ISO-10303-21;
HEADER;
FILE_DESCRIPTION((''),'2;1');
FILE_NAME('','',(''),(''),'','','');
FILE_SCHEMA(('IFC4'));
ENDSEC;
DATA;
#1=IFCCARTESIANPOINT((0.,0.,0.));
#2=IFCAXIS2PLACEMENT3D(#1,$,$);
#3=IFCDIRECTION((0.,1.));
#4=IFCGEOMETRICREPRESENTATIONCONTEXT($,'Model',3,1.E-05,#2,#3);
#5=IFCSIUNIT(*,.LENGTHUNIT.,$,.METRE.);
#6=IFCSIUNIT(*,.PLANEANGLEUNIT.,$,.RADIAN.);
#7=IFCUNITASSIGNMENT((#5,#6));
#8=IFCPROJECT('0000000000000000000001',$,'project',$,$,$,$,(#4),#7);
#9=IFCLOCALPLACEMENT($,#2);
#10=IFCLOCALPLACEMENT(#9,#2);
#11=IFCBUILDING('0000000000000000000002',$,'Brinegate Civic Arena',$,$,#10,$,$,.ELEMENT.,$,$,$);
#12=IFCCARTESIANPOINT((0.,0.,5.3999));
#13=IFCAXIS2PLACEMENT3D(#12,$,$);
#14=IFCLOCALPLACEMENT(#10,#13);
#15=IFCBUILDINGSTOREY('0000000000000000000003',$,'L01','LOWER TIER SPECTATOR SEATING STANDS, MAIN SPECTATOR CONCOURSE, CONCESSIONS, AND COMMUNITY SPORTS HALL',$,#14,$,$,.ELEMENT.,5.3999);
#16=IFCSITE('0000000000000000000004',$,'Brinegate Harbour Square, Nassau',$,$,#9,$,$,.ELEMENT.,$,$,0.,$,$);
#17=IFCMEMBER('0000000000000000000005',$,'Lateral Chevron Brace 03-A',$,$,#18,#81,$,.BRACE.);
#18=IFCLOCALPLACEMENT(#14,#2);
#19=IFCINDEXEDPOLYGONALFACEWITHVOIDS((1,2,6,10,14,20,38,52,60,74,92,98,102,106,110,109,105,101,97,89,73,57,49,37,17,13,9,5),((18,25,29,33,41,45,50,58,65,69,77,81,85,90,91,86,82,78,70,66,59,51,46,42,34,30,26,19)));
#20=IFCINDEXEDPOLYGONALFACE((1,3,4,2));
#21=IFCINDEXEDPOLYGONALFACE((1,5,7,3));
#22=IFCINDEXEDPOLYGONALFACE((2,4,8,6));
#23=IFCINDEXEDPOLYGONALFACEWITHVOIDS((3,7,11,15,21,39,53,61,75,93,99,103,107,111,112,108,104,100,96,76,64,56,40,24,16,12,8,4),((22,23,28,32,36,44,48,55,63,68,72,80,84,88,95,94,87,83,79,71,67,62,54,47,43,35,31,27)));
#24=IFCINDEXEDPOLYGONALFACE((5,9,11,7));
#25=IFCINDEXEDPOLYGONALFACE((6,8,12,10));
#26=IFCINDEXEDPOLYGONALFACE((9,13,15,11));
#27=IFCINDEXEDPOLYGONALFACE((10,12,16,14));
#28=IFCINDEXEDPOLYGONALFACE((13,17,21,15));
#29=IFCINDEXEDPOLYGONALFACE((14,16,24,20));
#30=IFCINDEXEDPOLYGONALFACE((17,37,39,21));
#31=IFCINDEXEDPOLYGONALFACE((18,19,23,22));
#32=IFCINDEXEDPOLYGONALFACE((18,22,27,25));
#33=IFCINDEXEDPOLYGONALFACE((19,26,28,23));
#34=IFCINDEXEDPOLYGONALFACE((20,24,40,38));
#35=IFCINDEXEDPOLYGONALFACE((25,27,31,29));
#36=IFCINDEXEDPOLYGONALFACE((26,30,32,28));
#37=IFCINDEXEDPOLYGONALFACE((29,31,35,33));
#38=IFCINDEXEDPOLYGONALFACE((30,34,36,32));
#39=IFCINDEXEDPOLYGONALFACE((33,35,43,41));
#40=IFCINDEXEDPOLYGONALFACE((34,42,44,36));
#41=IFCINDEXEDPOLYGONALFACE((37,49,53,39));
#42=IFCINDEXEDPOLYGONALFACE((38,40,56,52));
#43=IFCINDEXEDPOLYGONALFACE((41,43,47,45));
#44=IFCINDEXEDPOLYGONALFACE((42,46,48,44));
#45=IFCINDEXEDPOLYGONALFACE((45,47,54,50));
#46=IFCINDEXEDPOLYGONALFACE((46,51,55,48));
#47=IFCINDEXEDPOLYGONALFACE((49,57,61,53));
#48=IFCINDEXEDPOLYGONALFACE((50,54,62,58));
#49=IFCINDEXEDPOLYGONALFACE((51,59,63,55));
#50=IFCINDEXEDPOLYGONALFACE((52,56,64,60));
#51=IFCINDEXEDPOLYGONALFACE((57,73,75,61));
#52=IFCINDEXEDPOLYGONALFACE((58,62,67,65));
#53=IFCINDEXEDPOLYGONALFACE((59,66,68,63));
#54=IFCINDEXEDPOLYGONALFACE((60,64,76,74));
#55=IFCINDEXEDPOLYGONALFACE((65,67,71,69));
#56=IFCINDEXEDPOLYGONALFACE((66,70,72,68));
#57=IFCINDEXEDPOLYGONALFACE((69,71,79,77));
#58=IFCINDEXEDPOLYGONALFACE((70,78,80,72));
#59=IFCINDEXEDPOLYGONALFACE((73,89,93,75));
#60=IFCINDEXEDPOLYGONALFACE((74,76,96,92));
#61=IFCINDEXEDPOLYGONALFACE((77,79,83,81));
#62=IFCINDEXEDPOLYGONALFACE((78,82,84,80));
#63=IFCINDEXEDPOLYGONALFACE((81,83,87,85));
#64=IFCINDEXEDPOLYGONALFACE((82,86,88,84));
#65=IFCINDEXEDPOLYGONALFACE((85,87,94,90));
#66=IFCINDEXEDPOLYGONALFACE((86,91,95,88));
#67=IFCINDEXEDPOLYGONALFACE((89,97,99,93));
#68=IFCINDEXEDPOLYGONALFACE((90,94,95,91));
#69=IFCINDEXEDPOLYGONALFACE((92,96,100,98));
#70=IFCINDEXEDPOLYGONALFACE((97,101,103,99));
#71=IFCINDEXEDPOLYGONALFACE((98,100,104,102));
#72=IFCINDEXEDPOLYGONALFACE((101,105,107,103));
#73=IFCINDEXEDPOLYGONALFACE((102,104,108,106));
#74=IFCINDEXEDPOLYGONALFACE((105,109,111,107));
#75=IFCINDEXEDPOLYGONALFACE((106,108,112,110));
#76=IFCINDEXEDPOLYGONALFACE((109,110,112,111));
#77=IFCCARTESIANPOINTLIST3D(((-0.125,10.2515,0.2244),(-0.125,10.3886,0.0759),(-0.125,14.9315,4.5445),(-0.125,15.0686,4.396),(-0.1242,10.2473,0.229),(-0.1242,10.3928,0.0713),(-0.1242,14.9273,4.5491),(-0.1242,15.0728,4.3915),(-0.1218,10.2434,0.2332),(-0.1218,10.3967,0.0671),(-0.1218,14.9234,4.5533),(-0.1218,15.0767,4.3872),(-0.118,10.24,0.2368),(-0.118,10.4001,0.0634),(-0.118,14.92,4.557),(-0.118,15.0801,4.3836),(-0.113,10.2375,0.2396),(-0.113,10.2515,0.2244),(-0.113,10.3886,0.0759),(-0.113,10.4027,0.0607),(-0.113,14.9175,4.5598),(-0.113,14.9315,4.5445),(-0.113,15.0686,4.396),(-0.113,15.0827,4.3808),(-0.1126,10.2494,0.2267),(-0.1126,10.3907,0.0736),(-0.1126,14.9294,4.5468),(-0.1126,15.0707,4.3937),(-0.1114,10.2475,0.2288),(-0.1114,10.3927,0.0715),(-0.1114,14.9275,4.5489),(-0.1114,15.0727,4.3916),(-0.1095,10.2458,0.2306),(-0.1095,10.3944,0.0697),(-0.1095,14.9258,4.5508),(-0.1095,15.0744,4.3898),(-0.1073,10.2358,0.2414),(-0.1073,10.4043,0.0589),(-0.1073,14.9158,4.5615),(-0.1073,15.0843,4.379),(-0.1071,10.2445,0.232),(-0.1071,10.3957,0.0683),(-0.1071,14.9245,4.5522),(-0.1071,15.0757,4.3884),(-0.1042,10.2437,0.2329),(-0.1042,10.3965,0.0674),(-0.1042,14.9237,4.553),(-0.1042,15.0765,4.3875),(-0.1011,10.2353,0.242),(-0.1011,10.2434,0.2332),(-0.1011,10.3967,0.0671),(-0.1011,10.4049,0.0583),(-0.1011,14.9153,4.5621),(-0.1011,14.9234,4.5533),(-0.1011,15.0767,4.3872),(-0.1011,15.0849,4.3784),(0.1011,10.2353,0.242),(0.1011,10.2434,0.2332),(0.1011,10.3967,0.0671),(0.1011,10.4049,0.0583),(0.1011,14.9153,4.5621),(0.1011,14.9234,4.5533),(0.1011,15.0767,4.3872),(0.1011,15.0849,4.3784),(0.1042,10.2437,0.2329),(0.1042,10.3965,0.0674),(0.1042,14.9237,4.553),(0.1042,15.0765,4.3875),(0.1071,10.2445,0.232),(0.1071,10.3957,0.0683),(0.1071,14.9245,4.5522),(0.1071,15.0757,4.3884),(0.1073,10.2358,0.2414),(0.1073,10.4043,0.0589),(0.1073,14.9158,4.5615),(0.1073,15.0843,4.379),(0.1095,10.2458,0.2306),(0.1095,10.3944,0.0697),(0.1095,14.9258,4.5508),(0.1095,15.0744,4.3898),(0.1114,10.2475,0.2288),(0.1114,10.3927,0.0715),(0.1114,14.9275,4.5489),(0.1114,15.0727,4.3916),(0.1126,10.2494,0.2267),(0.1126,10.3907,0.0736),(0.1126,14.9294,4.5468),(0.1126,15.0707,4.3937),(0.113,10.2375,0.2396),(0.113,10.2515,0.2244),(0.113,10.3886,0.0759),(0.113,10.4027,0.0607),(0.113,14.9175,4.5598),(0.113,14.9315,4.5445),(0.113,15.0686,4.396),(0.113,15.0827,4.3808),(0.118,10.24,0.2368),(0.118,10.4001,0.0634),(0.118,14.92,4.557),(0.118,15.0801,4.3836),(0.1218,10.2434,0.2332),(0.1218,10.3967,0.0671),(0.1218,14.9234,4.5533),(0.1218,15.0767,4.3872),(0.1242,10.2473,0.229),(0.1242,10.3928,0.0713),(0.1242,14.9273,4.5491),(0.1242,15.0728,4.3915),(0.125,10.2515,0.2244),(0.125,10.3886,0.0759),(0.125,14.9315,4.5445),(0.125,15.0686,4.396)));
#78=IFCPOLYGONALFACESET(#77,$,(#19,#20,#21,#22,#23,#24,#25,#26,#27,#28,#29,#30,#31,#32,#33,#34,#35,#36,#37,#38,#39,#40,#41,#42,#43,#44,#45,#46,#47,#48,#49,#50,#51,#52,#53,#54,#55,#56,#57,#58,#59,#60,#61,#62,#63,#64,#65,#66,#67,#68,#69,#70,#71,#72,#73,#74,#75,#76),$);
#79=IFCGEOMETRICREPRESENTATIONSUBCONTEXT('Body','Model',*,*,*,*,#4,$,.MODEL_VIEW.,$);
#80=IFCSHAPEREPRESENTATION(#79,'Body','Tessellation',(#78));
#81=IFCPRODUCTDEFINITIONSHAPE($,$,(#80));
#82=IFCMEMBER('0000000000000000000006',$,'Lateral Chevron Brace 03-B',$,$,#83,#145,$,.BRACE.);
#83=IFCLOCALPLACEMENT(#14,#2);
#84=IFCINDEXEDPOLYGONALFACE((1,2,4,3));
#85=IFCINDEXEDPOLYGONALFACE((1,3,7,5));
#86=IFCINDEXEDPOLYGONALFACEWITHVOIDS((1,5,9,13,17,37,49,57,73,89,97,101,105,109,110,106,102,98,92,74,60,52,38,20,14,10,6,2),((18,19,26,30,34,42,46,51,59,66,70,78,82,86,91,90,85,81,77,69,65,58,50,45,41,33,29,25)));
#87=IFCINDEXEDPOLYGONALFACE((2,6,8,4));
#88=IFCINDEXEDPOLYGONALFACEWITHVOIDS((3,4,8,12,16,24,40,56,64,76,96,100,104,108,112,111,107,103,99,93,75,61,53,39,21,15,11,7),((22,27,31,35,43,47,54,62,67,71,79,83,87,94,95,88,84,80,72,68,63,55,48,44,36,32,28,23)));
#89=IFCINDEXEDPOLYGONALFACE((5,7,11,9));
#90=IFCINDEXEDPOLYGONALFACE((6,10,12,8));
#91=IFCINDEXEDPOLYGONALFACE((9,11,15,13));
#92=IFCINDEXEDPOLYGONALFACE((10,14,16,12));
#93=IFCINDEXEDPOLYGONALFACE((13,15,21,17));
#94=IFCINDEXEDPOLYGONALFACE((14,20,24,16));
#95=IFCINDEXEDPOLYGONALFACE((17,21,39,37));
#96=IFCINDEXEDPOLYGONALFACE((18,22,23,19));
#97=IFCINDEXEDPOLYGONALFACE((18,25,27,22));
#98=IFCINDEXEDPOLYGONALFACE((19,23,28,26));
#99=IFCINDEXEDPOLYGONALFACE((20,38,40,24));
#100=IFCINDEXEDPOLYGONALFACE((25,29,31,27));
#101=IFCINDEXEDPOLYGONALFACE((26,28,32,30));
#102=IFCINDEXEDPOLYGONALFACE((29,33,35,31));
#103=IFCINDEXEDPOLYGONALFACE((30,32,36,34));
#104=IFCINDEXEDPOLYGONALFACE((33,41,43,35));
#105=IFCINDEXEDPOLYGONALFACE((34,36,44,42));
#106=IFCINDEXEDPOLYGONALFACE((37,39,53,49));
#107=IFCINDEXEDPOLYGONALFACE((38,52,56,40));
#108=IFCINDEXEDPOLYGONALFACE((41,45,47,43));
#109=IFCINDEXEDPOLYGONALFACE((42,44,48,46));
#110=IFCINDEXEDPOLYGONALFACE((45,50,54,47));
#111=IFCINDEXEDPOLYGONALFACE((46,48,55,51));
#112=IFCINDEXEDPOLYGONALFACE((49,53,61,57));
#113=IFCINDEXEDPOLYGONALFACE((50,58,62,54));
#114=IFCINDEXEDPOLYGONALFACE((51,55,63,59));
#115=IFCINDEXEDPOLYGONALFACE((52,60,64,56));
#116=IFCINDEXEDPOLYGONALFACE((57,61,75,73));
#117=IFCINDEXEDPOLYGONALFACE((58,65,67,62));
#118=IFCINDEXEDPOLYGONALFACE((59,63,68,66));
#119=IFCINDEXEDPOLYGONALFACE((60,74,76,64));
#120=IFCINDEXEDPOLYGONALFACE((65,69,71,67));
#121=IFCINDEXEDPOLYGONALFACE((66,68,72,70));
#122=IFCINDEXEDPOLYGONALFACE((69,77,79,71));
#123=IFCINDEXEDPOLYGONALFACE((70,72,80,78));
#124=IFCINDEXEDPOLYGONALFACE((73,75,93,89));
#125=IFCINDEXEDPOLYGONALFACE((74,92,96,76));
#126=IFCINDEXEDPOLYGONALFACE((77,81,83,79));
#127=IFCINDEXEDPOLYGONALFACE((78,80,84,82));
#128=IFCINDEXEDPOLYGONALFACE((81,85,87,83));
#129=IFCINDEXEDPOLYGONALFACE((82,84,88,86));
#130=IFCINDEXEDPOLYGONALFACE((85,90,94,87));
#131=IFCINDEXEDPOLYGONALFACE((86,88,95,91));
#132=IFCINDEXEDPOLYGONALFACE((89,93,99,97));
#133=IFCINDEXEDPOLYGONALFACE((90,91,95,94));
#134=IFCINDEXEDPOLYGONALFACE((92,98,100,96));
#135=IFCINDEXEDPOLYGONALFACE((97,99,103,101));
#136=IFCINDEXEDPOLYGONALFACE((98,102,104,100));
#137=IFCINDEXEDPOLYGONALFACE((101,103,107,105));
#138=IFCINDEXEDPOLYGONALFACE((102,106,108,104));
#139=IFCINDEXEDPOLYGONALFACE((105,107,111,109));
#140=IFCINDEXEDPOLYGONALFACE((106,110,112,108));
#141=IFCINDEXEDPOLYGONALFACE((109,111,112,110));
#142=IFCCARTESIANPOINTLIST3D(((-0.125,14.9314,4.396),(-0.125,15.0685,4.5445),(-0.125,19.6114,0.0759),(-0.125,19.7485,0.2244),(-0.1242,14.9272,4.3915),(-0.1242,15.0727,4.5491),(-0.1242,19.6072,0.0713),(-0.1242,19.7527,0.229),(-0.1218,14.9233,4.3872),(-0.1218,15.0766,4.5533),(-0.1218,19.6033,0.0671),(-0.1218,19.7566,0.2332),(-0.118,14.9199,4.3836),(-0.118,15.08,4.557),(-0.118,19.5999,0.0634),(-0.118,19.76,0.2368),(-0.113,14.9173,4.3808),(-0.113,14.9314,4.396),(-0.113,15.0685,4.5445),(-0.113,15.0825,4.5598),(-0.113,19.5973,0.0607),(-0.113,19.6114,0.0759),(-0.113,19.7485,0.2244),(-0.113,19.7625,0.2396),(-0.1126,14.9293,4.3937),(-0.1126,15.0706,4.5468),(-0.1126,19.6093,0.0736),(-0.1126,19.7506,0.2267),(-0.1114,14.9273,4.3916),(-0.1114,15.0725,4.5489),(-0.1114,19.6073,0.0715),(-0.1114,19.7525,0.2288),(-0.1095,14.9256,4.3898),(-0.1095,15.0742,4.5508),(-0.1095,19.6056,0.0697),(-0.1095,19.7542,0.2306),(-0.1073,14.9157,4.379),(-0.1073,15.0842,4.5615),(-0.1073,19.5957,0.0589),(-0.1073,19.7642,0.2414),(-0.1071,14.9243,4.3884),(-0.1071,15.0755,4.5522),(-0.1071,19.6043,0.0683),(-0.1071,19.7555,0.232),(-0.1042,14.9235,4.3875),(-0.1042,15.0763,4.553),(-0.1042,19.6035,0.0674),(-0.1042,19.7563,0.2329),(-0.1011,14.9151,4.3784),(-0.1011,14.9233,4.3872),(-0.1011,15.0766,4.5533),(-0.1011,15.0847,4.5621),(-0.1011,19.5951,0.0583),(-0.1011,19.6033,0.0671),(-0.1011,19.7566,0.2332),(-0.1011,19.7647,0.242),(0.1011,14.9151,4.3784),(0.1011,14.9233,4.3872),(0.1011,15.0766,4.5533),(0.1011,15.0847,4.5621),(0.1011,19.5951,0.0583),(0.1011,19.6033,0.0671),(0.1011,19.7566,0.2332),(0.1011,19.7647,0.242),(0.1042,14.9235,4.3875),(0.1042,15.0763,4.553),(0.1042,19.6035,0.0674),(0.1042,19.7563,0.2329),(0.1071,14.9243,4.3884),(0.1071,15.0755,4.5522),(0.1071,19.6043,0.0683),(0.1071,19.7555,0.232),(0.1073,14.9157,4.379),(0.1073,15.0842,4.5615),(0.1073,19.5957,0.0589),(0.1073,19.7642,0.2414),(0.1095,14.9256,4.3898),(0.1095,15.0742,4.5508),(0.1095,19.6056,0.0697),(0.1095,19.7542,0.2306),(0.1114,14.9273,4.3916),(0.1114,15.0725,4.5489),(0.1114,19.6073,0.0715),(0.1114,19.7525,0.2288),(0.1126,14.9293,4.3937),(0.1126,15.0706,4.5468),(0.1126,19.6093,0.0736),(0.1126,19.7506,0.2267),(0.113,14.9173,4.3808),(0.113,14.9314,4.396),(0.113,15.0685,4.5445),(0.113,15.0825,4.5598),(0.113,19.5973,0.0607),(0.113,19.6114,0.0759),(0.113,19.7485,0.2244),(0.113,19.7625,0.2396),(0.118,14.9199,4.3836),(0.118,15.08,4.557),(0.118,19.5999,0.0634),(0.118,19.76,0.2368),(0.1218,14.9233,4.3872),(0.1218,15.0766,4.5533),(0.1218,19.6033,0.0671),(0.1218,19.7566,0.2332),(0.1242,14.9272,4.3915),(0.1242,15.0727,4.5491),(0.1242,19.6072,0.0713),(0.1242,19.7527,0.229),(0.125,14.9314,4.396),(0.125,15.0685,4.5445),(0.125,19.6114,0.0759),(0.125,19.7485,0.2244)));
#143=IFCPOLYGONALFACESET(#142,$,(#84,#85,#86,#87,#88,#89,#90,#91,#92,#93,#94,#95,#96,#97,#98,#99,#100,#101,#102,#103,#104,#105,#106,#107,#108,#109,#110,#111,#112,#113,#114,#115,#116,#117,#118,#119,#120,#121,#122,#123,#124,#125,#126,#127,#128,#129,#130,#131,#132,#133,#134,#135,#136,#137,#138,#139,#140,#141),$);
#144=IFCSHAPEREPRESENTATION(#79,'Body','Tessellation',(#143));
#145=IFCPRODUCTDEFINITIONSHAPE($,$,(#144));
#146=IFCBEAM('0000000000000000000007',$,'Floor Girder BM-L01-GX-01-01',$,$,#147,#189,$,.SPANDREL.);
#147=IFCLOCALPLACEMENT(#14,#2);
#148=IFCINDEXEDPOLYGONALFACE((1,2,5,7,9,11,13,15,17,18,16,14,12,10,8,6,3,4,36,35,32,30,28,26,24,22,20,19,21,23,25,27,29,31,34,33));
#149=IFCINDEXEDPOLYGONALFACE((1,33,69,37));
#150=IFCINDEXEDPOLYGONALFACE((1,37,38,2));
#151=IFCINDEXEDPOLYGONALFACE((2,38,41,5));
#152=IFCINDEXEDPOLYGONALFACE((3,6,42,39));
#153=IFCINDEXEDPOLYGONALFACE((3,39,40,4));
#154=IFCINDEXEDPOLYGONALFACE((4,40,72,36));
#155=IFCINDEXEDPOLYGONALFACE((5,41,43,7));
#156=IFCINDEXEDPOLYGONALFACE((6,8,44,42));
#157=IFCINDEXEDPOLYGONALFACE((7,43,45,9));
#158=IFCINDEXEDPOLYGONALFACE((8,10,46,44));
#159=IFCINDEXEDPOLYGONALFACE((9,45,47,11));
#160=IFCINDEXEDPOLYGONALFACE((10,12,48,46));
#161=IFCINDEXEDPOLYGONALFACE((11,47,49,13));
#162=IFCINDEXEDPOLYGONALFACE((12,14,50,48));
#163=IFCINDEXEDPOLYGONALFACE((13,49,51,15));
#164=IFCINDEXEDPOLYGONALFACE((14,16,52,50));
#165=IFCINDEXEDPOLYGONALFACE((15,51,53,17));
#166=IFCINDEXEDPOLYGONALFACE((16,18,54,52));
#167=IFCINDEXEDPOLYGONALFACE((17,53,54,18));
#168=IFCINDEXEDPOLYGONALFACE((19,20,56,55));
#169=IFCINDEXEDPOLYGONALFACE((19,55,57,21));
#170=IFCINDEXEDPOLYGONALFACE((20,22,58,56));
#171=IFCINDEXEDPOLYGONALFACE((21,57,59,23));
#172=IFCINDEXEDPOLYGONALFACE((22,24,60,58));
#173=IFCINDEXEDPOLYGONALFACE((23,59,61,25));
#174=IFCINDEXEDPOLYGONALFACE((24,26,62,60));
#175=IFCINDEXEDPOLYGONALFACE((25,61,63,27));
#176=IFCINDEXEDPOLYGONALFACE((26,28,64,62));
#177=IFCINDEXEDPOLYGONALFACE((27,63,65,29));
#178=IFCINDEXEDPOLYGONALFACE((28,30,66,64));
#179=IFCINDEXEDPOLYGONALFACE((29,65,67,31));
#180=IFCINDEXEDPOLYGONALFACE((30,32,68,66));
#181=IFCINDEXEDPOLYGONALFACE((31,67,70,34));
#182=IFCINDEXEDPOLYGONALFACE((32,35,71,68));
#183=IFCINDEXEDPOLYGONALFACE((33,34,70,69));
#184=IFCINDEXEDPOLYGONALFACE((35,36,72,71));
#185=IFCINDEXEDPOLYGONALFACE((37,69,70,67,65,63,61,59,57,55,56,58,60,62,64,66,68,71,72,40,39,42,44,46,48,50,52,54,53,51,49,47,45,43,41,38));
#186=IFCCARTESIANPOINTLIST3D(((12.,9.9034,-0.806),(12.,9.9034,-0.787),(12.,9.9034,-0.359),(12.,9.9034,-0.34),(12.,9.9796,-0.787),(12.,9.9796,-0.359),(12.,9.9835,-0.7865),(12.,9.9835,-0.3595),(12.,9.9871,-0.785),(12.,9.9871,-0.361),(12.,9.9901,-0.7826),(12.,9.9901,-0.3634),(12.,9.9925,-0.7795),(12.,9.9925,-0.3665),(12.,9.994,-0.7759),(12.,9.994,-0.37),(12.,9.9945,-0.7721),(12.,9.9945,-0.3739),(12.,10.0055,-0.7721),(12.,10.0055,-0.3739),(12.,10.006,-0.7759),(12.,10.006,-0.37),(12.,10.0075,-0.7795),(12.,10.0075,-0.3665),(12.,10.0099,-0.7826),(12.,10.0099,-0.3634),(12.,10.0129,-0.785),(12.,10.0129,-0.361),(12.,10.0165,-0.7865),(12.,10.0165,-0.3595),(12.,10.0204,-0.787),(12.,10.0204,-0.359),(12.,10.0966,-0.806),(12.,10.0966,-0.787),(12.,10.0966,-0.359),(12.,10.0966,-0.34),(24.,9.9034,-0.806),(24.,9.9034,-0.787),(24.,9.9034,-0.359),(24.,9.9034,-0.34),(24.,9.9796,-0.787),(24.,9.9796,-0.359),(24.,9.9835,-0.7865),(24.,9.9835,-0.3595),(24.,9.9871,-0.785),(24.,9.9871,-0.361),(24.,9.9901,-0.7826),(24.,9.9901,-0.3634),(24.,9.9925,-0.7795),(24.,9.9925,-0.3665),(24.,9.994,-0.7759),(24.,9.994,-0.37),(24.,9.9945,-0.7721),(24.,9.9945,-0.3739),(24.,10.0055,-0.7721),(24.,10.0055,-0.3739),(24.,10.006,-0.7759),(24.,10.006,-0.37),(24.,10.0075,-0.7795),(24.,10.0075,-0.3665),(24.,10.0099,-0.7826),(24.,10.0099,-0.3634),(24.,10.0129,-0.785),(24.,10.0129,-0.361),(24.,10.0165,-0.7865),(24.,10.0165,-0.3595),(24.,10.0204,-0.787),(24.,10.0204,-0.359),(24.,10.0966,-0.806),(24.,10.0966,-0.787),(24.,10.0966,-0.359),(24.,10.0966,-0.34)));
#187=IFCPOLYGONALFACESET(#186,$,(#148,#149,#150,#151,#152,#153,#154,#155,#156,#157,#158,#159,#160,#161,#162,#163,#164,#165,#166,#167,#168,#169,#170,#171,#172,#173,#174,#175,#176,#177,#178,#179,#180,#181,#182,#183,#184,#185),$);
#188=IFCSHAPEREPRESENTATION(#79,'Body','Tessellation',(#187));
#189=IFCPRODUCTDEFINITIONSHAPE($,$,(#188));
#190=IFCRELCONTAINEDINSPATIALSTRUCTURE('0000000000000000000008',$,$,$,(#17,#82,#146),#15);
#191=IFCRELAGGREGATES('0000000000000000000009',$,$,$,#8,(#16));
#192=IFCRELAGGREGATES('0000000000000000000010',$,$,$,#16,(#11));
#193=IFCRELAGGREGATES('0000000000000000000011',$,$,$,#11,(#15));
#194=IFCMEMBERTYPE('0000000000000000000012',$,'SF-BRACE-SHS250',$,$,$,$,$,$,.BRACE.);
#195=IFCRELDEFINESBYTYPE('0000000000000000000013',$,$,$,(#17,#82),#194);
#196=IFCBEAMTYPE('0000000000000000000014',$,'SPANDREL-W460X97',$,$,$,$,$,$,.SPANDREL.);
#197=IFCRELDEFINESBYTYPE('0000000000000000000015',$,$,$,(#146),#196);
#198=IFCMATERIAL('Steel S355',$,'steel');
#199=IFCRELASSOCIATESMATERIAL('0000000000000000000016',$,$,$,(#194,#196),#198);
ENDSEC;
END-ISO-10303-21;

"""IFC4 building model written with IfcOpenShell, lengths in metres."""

from ifc_helpers import new_model, si_unit, direction, frame, origin, origin_2d, place, context, subcontext, project, spatial, hollow_rectangle, i_section, extrude, material, material_profile, profile_set, type_object, element, save


model = new_model("IFC4")

# Units and contexts
model_context = context("Model", 3, precision=1e-05, world=origin(), true_north=direction((0.0, 1.0)))
body_context = subcontext(model_context, "Body", "Model", "MODEL_VIEW")
ifc_project = project(units=[si_unit("LENGTHUNIT", "METRE"), si_unit("PLANEANGLEUNIT", "RADIAN")], contexts=[model_context])

# Site, building, storey
site_placement = place(None, origin())
site = spatial("IfcSite", under=ifc_project, at=site_placement, Name="Brinegate Harbour Square, Nassau", CompositionType="ELEMENT", RefElevation=0.0)
building_placement = place(site_placement, origin())
building = spatial("IfcBuilding", under=site, at=building_placement, Name="Brinegate Civic Arena", CompositionType="ELEMENT")
storey_placement = place(building_placement, frame((0.0, 0.0, 5.3999)))
storey = spatial("IfcBuildingStorey", under=building, at=storey_placement, Name="L01", Description="LOWER TIER SPECTATOR SEATING STANDS, MAIN SPECTATOR CONCOURSE, CONCESSIONS, AND COMMUNITY SPORTS HALL", CompositionType="ELEMENT", Elevation=5.3999)

# Shared definitions
ifc_material_1 = material(Name="Steel S355", Category="steel")

# Members
ifc_material_profile_1 = material_profile(ifc_material_1, hollow_rectangle(XDim=0.25, YDim=0.25, WallThickness=0.012, InnerFilletRadius=0.012, OuterFilletRadius=0.0239, at=origin_2d()), Name="SHS250X12")
ifc_profile_set_1 = profile_set([ifc_material_profile_1], Name="Steel S355")
member_type = type_object("IfcMemberType", Name="SF-BRACE-SHS250", PredefinedType="BRACE", material=ifc_profile_set_1)
for number, where, z_axis, x_axis, name in (
    (1, (0.0, 10.3201, 0.1501), (0.0, 0.734793, 0.678291), (-1.0, 0.0, 0.0), "Lateral Chevron Brace 03-A"),
    (2, (0.0, 19.6799, 0.1501), (0.0, -0.734793, 0.678291), (1.0, 0.0, 0.0), "Lateral Chevron Brace 03-B"),
):
    element("IfcMember", number, at=place(storey_placement, frame(where, z_axis=z_axis, x_axis=x_axis)), inside=storey, type_object=member_type, Name=name, PredefinedType="BRACE", context=body_context, shape_type="SweptSolid", body=[
        extrude(hollow_rectangle(XDim=0.25, YDim=0.25, WallThickness=0.012, InnerFilletRadius=0.012, OuterFilletRadius=0.0239, at=origin_2d()), origin(), (0.0, 0.0, 1.0), 6.3691),
    ])

# Beam
ifc_material_profile_2 = material_profile(ifc_material_1, i_section(OverallWidth=0.1931, OverallDepth=0.4661, WebThickness=0.011, FlangeThickness=0.019, FilletRadius=0.0149, at=origin_2d()), Name="W460X97")
ifc_profile_set_2 = profile_set([ifc_material_profile_2], Name="Steel S355")
beam_type_1 = type_object("IfcBeamType", Name="SPANDREL-W460X97", PredefinedType="SPANDREL", material=ifc_profile_set_2)
beam_1_placement = place(storey_placement, frame((12.0, 10.0, -0.573), z_axis=(1.0, 0.0, 0.0), x_axis=(0.0, 1.0, 0.0)))
element("IfcBeam", 3, at=beam_1_placement, inside=storey, type_object=beam_type_1, Name="Floor Girder BM-L01-GX-01-01", PredefinedType="SPANDREL", context=body_context, shape_type="SweptSolid", body=[
    extrude(i_section(OverallWidth=0.1931, OverallDepth=0.4661, WebThickness=0.011, FlangeThickness=0.019, FilletRadius=0.0149, at=origin_2d()), origin(), (0.0, 0.0, 1.0), 12.0),
])

save(model, "model.ifc")
